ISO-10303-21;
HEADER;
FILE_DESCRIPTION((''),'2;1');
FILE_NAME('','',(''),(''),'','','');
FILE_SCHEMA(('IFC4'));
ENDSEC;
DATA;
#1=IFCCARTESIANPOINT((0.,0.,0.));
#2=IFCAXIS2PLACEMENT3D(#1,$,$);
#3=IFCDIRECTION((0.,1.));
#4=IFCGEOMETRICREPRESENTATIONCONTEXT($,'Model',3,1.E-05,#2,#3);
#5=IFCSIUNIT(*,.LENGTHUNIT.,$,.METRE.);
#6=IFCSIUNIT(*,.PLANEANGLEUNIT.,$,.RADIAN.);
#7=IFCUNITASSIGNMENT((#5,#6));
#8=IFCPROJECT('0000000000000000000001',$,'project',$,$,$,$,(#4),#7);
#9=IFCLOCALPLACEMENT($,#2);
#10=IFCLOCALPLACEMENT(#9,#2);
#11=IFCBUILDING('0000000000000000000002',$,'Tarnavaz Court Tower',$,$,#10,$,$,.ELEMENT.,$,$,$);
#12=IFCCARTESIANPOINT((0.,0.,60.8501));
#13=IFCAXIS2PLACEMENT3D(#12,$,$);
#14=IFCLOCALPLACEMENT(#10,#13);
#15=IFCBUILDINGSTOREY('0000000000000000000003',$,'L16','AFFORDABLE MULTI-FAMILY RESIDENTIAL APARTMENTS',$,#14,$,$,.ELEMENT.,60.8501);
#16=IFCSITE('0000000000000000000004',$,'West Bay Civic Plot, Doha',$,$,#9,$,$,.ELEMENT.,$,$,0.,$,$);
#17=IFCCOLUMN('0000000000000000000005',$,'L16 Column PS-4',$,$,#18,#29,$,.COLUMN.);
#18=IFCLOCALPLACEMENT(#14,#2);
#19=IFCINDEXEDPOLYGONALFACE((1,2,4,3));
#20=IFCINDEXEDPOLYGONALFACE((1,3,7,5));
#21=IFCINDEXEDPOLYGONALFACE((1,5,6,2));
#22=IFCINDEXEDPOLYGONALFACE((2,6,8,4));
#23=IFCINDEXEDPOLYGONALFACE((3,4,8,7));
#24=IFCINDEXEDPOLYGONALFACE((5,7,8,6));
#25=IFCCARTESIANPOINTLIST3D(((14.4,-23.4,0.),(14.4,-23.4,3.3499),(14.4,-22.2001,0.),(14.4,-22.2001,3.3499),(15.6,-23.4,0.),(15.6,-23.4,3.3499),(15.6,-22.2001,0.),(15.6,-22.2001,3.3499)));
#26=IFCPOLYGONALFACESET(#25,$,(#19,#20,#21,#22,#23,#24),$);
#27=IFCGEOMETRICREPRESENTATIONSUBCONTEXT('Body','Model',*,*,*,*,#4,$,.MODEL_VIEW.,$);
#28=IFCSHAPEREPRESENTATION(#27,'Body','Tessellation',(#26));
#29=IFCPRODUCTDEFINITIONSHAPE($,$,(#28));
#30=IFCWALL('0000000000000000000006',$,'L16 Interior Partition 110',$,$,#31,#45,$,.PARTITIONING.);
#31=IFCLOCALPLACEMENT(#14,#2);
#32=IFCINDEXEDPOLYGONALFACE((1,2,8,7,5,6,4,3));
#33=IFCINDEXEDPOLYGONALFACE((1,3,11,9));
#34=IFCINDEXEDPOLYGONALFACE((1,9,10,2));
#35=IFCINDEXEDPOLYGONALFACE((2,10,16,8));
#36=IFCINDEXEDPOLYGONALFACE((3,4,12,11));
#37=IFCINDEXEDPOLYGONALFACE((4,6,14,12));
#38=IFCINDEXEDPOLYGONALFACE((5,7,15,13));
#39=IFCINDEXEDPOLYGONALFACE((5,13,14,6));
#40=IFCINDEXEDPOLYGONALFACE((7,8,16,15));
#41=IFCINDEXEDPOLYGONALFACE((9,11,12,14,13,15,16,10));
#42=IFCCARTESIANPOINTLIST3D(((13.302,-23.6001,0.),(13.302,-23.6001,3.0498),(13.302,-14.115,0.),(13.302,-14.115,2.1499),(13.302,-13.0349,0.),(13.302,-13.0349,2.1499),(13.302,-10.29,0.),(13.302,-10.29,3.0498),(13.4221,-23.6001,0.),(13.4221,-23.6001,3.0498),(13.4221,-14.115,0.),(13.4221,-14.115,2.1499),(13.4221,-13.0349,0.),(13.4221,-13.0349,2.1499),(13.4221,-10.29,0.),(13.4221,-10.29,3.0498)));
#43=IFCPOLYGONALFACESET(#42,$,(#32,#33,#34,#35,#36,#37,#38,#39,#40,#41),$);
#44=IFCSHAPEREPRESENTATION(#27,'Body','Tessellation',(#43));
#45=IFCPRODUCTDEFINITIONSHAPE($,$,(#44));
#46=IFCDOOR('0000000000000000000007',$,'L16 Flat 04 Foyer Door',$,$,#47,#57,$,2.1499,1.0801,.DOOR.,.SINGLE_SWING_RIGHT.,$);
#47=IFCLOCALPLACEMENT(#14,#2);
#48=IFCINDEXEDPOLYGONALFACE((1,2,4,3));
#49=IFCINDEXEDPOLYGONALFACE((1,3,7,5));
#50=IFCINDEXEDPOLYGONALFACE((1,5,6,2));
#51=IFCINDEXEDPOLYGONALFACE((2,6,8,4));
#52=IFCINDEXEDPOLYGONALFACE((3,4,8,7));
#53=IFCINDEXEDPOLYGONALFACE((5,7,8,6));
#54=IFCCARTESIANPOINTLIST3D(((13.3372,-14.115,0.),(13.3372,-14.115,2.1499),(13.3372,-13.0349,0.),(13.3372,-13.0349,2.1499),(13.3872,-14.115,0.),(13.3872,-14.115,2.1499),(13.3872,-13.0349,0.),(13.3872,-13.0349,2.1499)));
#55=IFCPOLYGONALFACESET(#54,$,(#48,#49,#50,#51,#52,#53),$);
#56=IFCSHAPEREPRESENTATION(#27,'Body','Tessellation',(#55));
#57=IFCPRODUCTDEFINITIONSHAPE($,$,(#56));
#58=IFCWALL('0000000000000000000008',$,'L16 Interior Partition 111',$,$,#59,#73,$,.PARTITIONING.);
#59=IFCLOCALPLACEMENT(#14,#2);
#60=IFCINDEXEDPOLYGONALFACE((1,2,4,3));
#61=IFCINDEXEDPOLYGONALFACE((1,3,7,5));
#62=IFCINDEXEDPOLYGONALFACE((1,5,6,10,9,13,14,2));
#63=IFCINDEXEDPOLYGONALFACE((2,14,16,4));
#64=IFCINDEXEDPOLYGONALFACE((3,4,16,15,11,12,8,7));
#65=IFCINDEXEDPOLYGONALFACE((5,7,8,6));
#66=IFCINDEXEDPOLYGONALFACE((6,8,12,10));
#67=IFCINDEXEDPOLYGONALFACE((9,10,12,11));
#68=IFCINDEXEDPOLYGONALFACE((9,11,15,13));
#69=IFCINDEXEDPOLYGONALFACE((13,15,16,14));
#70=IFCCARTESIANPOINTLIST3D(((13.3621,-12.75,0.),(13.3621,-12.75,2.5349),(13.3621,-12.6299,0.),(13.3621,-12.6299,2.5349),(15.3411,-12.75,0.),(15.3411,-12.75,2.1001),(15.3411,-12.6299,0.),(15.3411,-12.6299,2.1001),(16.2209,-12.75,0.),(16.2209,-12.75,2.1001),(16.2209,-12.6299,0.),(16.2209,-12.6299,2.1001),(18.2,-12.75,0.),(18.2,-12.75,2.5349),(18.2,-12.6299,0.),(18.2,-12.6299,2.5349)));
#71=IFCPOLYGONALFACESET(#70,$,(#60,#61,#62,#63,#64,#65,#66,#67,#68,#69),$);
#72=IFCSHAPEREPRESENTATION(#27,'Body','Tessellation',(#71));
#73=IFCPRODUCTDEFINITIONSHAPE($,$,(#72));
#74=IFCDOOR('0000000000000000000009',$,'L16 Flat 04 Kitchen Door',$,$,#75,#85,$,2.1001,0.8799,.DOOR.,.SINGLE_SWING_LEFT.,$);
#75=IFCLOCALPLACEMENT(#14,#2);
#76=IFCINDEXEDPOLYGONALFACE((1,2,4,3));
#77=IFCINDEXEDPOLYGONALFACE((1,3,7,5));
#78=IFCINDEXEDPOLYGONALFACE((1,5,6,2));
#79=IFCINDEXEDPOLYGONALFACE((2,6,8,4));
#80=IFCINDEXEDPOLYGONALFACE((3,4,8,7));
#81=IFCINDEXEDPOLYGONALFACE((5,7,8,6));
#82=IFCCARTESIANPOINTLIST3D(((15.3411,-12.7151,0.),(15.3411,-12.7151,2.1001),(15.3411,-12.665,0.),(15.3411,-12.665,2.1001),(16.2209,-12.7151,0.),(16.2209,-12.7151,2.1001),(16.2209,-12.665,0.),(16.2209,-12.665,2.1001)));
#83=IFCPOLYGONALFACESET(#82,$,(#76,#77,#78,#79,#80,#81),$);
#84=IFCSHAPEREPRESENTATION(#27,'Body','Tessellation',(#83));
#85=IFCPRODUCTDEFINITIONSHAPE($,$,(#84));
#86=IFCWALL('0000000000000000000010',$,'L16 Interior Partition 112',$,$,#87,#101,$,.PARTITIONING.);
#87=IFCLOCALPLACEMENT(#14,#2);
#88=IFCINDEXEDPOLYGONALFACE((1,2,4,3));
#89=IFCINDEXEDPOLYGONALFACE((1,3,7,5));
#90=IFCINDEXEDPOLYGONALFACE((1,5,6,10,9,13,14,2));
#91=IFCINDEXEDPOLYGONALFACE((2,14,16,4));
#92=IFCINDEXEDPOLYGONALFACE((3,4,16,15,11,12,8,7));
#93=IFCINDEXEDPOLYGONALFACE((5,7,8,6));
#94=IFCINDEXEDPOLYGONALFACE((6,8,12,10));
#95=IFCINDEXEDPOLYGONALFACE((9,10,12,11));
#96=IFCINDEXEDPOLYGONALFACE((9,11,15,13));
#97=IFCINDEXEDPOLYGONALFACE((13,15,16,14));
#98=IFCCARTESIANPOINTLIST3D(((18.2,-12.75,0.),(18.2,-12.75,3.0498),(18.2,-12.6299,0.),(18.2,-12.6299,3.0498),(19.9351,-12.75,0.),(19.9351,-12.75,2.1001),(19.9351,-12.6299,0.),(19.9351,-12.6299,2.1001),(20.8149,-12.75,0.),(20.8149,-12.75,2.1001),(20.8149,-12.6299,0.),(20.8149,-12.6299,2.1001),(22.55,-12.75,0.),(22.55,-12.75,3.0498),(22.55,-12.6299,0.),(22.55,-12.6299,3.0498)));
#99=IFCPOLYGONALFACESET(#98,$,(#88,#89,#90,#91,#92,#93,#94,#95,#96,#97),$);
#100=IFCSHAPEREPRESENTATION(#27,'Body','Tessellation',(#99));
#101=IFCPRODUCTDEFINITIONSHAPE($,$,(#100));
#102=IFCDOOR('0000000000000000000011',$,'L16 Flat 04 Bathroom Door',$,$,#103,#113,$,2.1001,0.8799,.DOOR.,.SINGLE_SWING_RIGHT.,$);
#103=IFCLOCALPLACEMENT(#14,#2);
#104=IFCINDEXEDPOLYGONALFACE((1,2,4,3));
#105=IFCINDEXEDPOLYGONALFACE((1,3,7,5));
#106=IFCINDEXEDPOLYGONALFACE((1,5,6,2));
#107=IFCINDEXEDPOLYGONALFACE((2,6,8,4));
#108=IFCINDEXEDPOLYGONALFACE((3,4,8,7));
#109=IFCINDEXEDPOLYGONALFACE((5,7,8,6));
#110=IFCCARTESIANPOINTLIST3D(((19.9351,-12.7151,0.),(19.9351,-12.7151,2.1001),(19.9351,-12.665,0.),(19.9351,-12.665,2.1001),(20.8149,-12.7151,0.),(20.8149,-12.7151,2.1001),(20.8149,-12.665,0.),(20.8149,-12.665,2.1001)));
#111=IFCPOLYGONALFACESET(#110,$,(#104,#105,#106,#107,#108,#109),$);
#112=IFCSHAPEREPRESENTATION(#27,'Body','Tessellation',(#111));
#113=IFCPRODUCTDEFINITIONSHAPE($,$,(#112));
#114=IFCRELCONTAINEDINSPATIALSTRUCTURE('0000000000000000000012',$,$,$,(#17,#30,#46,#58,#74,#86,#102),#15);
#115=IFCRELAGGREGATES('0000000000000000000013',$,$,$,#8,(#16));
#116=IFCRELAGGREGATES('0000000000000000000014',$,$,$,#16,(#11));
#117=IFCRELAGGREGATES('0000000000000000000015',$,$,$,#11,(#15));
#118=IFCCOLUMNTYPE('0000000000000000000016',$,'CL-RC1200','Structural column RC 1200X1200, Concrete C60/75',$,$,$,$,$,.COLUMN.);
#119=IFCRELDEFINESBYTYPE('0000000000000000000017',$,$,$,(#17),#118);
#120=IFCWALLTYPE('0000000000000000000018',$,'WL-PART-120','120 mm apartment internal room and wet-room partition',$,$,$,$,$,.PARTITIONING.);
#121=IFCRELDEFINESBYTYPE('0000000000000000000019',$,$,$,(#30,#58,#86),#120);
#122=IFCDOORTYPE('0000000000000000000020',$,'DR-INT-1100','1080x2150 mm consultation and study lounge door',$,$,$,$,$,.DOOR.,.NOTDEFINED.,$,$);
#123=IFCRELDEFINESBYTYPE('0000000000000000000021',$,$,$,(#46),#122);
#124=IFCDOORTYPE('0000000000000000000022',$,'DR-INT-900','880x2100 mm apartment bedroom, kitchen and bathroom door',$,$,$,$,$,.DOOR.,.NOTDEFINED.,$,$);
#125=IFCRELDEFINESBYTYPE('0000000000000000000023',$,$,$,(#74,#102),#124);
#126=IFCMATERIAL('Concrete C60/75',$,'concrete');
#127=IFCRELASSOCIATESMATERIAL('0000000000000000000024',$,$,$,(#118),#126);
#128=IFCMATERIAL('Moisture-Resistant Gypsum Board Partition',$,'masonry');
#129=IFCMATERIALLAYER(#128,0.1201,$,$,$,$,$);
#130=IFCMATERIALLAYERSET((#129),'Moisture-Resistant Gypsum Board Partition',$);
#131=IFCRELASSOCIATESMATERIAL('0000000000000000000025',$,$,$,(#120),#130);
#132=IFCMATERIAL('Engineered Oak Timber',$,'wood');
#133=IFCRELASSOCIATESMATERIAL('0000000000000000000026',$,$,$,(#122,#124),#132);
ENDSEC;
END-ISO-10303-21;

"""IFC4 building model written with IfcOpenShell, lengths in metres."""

from ifc_helpers import new_model, si_unit, direction, frame, frame_2d, origin, origin_2d, place, context, subcontext, project, spatial, rectangle, extrude, material, layer, layer_set, material_profile, profile_set, type_object, element, fill, save


model = new_model("IFC4")

# Units and contexts
model_context = context("Model", 3, precision=1e-05, world=origin(), true_north=direction((0.0, 1.0)))
body_context = subcontext(model_context, "Body", "Model", "MODEL_VIEW")
ifc_project = project(units=[si_unit("LENGTHUNIT", "METRE"), si_unit("PLANEANGLEUNIT", "RADIAN")], contexts=[model_context])

# Site, building, storey
site_placement = place(None, origin())
site = spatial("IfcSite", under=ifc_project, at=site_placement, Name="West Bay Civic Plot, Doha", CompositionType="ELEMENT", RefElevation=0.0)
building_placement = place(site_placement, origin())
building = spatial("IfcBuilding", under=site, at=building_placement, Name="Tarnavaz Court Tower", CompositionType="ELEMENT")
storey_placement = place(building_placement, frame((0.0, 0.0, 60.8501)))
storey = spatial("IfcBuildingStorey", under=building, at=storey_placement, Name="L16", Description="AFFORDABLE MULTI-FAMILY RESIDENTIAL APARTMENTS", CompositionType="ELEMENT", Elevation=60.8501)

# Column
ifc_material_1 = material(Name="Concrete C60/75", Category="concrete")
ifc_material_profile_1 = material_profile(ifc_material_1, rectangle(XDim=1.2, YDim=1.2, at=origin_2d()), Name="RC 1200X1200")
ifc_profile_set_1 = profile_set([ifc_material_profile_1], Name="Concrete C60/75")
column_type = type_object("IfcColumnType", Name="CL-RC1200", Description="Structural column RC 1200X1200, Concrete C60/75", PredefinedType="COLUMN", material=ifc_profile_set_1)
column_placement = place(storey_placement, frame((15.0, -22.8, 0.0), z_axis=(0.0, 0.0, 1.0), x_axis=(1.0, 0.0, 0.0)))
element("IfcColumn", 1, at=column_placement, inside=storey, type_object=column_type, Name="L16 Column PS-4", PredefinedType="COLUMN", context=body_context, shape_type="SweptSolid", body=[
    extrude(rectangle(XDim=1.2, YDim=1.2, at=origin_2d()), origin(), (0.0, 0.0, 1.0), 3.3499),
])

# Walls, openings, doors
ifc_material_2 = material(Name="Moisture-Resistant Gypsum Board Partition", Category="masonry")
ifc_layer_1 = layer(ifc_material_2, 0.1201)
ifc_layer_set_1 = layer_set([ifc_layer_1], Name="Moisture-Resistant Gypsum Board Partition")
wall_type_1 = type_object("IfcWallType", Name="WL-PART-120", Description="120 mm apartment internal room and wet-room partition", PredefinedType="PARTITIONING", material=ifc_layer_set_1)
wall_1_placement = place(storey_placement, frame((13.3621, -23.6001, 0.0), z_axis=(0.0, 0.0, 1.0), x_axis=(0.0, 1.0, 0.0)))
wall_1 = element("IfcWall", 2, at=wall_1_placement, inside=storey, type_object=wall_type_1, Name="L16 Interior Partition 110", PredefinedType="PARTITIONING", context=body_context, shape_type="SweptSolid", body=[
    extrude(rectangle(XDim=13.3101, YDim=0.1201, at=frame_2d((6.655, 0.0))), origin(), (0.0, 0.0, 1.0), 3.0498),
])
opening_1_placement = place(wall_1_placement, frame((9.4851, 0.0, 0.0)))
opening_1 = element("IfcOpeningElement", 3, at=opening_1_placement, cuts=wall_1, PredefinedType="OPENING", context=body_context, shape_type="SweptSolid", body=[
    extrude(rectangle(XDim=1.0801, YDim=2.1499, at=frame_2d((0.54, 1.075))), frame((0.0, 0.0701, 0.0), z_axis=(0.0, -1.0, 0.0), x_axis=(1.0, 0.0, 0.0)), (0.0, 0.0, 1.0), 0.1401),
])
ifc_material_3 = material(Name="Engineered Oak Timber", Category="wood")
door_type_1 = type_object("IfcDoorType", Name="DR-INT-1100", Description="1080x2150 mm consultation and study lounge door", OperationType="NOTDEFINED", PredefinedType="DOOR", material=ifc_material_3)
door_1_placement = place(opening_1_placement, origin())
door_1 = element("IfcDoor", 4, at=door_1_placement, inside=storey, type_object=door_type_1, Name="L16 Flat 04 Foyer Door", OperationType="SINGLE_SWING_RIGHT", OverallHeight=2.1499, OverallWidth=1.0801, PredefinedType="DOOR", context=body_context, shape_type="SweptSolid", body=[
    extrude(rectangle(XDim=1.0801, YDim=2.1499, at=frame_2d((0.54, 1.075))), frame((0.0, 0.0249, 0.0), z_axis=(0.0, -1.0, 0.0), x_axis=(1.0, 0.0, 0.0)), (0.0, 0.0, 1.0), 0.05),
])
fill(opening_1, door_1)
wall_2_placement = place(storey_placement, frame((13.3621, -12.6899, 0.0), z_axis=(0.0, 0.0, 1.0), x_axis=(1.0, 0.0, 0.0)))
wall_2 = element("IfcWall", 5, at=wall_2_placement, inside=storey, type_object=wall_type_1, Name="L16 Interior Partition 111", PredefinedType="PARTITIONING", context=body_context, shape_type="SweptSolid", body=[
    extrude(rectangle(XDim=4.8379, YDim=0.1201, at=frame_2d((2.4189, 0.0))), origin(), (0.0, 0.0, 1.0), 2.5349),
])
opening_2_placement = place(wall_2_placement, frame((1.979, 0.0, 0.0)))
opening_2 = element("IfcOpeningElement", 6, at=opening_2_placement, cuts=wall_2, PredefinedType="OPENING", context=body_context, shape_type="SweptSolid", body=[
    extrude(rectangle(XDim=0.8799, YDim=2.1001, at=frame_2d((0.4399, 1.05))), frame((0.0, 0.0701, 0.0), z_axis=(0.0, -1.0, 0.0), x_axis=(1.0, 0.0, 0.0)), (0.0, 0.0, 1.0), 0.1401),
])
door_type_2 = type_object("IfcDoorType", Name="DR-INT-900", Description="880x2100 mm apartment bedroom, kitchen and bathroom door", OperationType="NOTDEFINED", PredefinedType="DOOR", material=ifc_material_3)
door_2_placement = place(opening_2_placement, origin())
door_2 = element("IfcDoor", 7, at=door_2_placement, inside=storey, type_object=door_type_2, Name="L16 Flat 04 Kitchen Door", OperationType="SINGLE_SWING_LEFT", OverallHeight=2.1001, OverallWidth=0.8799, PredefinedType="DOOR", context=body_context, shape_type="SweptSolid", body=[
    extrude(rectangle(XDim=0.8799, YDim=2.1001, at=frame_2d((0.4399, 1.05))), frame((0.0, 0.0249, 0.0), z_axis=(0.0, -1.0, 0.0), x_axis=(1.0, 0.0, 0.0)), (0.0, 0.0, 1.0), 0.05),
])
fill(opening_2, door_2)
wall_3_placement = place(storey_placement, frame((18.2, -12.6899, 0.0), z_axis=(0.0, 0.0, 1.0), x_axis=(1.0, 0.0, 0.0)))
wall_3 = element("IfcWall", 8, at=wall_3_placement, inside=storey, type_object=wall_type_1, Name="L16 Interior Partition 112", PredefinedType="PARTITIONING", context=body_context, shape_type="SweptSolid", body=[
    extrude(rectangle(XDim=4.3501, YDim=0.1201, at=frame_2d((2.175, 0.0))), origin(), (0.0, 0.0, 1.0), 3.0498),
])
opening_3_placement = place(wall_3_placement, frame((1.7351, 0.0, 0.0)))
opening_3 = element("IfcOpeningElement", 9, at=opening_3_placement, cuts=wall_3, PredefinedType="OPENING", context=body_context, shape_type="SweptSolid", body=[
    extrude(rectangle(XDim=0.8799, YDim=2.1001, at=frame_2d((0.4399, 1.05))), frame((0.0, 0.0701, 0.0), z_axis=(0.0, -1.0, 0.0), x_axis=(1.0, 0.0, 0.0)), (0.0, 0.0, 1.0), 0.1401),
])
door_3_placement = place(opening_3_placement, origin())
door_3 = element("IfcDoor", 10, at=door_3_placement, inside=storey, type_object=door_type_2, Name="L16 Flat 04 Bathroom Door", OperationType="SINGLE_SWING_RIGHT", OverallHeight=2.1001, OverallWidth=0.8799, PredefinedType="DOOR", context=body_context, shape_type="SweptSolid", body=[
    extrude(rectangle(XDim=0.8799, YDim=2.1001, at=frame_2d((0.4399, 1.05))), frame((0.0, 0.0249, 0.0), z_axis=(0.0, -1.0, 0.0), x_axis=(1.0, 0.0, 0.0)), (0.0, 0.0, 1.0), 0.05),
])
fill(opening_3, door_3)

save(model, "model.ifc")
